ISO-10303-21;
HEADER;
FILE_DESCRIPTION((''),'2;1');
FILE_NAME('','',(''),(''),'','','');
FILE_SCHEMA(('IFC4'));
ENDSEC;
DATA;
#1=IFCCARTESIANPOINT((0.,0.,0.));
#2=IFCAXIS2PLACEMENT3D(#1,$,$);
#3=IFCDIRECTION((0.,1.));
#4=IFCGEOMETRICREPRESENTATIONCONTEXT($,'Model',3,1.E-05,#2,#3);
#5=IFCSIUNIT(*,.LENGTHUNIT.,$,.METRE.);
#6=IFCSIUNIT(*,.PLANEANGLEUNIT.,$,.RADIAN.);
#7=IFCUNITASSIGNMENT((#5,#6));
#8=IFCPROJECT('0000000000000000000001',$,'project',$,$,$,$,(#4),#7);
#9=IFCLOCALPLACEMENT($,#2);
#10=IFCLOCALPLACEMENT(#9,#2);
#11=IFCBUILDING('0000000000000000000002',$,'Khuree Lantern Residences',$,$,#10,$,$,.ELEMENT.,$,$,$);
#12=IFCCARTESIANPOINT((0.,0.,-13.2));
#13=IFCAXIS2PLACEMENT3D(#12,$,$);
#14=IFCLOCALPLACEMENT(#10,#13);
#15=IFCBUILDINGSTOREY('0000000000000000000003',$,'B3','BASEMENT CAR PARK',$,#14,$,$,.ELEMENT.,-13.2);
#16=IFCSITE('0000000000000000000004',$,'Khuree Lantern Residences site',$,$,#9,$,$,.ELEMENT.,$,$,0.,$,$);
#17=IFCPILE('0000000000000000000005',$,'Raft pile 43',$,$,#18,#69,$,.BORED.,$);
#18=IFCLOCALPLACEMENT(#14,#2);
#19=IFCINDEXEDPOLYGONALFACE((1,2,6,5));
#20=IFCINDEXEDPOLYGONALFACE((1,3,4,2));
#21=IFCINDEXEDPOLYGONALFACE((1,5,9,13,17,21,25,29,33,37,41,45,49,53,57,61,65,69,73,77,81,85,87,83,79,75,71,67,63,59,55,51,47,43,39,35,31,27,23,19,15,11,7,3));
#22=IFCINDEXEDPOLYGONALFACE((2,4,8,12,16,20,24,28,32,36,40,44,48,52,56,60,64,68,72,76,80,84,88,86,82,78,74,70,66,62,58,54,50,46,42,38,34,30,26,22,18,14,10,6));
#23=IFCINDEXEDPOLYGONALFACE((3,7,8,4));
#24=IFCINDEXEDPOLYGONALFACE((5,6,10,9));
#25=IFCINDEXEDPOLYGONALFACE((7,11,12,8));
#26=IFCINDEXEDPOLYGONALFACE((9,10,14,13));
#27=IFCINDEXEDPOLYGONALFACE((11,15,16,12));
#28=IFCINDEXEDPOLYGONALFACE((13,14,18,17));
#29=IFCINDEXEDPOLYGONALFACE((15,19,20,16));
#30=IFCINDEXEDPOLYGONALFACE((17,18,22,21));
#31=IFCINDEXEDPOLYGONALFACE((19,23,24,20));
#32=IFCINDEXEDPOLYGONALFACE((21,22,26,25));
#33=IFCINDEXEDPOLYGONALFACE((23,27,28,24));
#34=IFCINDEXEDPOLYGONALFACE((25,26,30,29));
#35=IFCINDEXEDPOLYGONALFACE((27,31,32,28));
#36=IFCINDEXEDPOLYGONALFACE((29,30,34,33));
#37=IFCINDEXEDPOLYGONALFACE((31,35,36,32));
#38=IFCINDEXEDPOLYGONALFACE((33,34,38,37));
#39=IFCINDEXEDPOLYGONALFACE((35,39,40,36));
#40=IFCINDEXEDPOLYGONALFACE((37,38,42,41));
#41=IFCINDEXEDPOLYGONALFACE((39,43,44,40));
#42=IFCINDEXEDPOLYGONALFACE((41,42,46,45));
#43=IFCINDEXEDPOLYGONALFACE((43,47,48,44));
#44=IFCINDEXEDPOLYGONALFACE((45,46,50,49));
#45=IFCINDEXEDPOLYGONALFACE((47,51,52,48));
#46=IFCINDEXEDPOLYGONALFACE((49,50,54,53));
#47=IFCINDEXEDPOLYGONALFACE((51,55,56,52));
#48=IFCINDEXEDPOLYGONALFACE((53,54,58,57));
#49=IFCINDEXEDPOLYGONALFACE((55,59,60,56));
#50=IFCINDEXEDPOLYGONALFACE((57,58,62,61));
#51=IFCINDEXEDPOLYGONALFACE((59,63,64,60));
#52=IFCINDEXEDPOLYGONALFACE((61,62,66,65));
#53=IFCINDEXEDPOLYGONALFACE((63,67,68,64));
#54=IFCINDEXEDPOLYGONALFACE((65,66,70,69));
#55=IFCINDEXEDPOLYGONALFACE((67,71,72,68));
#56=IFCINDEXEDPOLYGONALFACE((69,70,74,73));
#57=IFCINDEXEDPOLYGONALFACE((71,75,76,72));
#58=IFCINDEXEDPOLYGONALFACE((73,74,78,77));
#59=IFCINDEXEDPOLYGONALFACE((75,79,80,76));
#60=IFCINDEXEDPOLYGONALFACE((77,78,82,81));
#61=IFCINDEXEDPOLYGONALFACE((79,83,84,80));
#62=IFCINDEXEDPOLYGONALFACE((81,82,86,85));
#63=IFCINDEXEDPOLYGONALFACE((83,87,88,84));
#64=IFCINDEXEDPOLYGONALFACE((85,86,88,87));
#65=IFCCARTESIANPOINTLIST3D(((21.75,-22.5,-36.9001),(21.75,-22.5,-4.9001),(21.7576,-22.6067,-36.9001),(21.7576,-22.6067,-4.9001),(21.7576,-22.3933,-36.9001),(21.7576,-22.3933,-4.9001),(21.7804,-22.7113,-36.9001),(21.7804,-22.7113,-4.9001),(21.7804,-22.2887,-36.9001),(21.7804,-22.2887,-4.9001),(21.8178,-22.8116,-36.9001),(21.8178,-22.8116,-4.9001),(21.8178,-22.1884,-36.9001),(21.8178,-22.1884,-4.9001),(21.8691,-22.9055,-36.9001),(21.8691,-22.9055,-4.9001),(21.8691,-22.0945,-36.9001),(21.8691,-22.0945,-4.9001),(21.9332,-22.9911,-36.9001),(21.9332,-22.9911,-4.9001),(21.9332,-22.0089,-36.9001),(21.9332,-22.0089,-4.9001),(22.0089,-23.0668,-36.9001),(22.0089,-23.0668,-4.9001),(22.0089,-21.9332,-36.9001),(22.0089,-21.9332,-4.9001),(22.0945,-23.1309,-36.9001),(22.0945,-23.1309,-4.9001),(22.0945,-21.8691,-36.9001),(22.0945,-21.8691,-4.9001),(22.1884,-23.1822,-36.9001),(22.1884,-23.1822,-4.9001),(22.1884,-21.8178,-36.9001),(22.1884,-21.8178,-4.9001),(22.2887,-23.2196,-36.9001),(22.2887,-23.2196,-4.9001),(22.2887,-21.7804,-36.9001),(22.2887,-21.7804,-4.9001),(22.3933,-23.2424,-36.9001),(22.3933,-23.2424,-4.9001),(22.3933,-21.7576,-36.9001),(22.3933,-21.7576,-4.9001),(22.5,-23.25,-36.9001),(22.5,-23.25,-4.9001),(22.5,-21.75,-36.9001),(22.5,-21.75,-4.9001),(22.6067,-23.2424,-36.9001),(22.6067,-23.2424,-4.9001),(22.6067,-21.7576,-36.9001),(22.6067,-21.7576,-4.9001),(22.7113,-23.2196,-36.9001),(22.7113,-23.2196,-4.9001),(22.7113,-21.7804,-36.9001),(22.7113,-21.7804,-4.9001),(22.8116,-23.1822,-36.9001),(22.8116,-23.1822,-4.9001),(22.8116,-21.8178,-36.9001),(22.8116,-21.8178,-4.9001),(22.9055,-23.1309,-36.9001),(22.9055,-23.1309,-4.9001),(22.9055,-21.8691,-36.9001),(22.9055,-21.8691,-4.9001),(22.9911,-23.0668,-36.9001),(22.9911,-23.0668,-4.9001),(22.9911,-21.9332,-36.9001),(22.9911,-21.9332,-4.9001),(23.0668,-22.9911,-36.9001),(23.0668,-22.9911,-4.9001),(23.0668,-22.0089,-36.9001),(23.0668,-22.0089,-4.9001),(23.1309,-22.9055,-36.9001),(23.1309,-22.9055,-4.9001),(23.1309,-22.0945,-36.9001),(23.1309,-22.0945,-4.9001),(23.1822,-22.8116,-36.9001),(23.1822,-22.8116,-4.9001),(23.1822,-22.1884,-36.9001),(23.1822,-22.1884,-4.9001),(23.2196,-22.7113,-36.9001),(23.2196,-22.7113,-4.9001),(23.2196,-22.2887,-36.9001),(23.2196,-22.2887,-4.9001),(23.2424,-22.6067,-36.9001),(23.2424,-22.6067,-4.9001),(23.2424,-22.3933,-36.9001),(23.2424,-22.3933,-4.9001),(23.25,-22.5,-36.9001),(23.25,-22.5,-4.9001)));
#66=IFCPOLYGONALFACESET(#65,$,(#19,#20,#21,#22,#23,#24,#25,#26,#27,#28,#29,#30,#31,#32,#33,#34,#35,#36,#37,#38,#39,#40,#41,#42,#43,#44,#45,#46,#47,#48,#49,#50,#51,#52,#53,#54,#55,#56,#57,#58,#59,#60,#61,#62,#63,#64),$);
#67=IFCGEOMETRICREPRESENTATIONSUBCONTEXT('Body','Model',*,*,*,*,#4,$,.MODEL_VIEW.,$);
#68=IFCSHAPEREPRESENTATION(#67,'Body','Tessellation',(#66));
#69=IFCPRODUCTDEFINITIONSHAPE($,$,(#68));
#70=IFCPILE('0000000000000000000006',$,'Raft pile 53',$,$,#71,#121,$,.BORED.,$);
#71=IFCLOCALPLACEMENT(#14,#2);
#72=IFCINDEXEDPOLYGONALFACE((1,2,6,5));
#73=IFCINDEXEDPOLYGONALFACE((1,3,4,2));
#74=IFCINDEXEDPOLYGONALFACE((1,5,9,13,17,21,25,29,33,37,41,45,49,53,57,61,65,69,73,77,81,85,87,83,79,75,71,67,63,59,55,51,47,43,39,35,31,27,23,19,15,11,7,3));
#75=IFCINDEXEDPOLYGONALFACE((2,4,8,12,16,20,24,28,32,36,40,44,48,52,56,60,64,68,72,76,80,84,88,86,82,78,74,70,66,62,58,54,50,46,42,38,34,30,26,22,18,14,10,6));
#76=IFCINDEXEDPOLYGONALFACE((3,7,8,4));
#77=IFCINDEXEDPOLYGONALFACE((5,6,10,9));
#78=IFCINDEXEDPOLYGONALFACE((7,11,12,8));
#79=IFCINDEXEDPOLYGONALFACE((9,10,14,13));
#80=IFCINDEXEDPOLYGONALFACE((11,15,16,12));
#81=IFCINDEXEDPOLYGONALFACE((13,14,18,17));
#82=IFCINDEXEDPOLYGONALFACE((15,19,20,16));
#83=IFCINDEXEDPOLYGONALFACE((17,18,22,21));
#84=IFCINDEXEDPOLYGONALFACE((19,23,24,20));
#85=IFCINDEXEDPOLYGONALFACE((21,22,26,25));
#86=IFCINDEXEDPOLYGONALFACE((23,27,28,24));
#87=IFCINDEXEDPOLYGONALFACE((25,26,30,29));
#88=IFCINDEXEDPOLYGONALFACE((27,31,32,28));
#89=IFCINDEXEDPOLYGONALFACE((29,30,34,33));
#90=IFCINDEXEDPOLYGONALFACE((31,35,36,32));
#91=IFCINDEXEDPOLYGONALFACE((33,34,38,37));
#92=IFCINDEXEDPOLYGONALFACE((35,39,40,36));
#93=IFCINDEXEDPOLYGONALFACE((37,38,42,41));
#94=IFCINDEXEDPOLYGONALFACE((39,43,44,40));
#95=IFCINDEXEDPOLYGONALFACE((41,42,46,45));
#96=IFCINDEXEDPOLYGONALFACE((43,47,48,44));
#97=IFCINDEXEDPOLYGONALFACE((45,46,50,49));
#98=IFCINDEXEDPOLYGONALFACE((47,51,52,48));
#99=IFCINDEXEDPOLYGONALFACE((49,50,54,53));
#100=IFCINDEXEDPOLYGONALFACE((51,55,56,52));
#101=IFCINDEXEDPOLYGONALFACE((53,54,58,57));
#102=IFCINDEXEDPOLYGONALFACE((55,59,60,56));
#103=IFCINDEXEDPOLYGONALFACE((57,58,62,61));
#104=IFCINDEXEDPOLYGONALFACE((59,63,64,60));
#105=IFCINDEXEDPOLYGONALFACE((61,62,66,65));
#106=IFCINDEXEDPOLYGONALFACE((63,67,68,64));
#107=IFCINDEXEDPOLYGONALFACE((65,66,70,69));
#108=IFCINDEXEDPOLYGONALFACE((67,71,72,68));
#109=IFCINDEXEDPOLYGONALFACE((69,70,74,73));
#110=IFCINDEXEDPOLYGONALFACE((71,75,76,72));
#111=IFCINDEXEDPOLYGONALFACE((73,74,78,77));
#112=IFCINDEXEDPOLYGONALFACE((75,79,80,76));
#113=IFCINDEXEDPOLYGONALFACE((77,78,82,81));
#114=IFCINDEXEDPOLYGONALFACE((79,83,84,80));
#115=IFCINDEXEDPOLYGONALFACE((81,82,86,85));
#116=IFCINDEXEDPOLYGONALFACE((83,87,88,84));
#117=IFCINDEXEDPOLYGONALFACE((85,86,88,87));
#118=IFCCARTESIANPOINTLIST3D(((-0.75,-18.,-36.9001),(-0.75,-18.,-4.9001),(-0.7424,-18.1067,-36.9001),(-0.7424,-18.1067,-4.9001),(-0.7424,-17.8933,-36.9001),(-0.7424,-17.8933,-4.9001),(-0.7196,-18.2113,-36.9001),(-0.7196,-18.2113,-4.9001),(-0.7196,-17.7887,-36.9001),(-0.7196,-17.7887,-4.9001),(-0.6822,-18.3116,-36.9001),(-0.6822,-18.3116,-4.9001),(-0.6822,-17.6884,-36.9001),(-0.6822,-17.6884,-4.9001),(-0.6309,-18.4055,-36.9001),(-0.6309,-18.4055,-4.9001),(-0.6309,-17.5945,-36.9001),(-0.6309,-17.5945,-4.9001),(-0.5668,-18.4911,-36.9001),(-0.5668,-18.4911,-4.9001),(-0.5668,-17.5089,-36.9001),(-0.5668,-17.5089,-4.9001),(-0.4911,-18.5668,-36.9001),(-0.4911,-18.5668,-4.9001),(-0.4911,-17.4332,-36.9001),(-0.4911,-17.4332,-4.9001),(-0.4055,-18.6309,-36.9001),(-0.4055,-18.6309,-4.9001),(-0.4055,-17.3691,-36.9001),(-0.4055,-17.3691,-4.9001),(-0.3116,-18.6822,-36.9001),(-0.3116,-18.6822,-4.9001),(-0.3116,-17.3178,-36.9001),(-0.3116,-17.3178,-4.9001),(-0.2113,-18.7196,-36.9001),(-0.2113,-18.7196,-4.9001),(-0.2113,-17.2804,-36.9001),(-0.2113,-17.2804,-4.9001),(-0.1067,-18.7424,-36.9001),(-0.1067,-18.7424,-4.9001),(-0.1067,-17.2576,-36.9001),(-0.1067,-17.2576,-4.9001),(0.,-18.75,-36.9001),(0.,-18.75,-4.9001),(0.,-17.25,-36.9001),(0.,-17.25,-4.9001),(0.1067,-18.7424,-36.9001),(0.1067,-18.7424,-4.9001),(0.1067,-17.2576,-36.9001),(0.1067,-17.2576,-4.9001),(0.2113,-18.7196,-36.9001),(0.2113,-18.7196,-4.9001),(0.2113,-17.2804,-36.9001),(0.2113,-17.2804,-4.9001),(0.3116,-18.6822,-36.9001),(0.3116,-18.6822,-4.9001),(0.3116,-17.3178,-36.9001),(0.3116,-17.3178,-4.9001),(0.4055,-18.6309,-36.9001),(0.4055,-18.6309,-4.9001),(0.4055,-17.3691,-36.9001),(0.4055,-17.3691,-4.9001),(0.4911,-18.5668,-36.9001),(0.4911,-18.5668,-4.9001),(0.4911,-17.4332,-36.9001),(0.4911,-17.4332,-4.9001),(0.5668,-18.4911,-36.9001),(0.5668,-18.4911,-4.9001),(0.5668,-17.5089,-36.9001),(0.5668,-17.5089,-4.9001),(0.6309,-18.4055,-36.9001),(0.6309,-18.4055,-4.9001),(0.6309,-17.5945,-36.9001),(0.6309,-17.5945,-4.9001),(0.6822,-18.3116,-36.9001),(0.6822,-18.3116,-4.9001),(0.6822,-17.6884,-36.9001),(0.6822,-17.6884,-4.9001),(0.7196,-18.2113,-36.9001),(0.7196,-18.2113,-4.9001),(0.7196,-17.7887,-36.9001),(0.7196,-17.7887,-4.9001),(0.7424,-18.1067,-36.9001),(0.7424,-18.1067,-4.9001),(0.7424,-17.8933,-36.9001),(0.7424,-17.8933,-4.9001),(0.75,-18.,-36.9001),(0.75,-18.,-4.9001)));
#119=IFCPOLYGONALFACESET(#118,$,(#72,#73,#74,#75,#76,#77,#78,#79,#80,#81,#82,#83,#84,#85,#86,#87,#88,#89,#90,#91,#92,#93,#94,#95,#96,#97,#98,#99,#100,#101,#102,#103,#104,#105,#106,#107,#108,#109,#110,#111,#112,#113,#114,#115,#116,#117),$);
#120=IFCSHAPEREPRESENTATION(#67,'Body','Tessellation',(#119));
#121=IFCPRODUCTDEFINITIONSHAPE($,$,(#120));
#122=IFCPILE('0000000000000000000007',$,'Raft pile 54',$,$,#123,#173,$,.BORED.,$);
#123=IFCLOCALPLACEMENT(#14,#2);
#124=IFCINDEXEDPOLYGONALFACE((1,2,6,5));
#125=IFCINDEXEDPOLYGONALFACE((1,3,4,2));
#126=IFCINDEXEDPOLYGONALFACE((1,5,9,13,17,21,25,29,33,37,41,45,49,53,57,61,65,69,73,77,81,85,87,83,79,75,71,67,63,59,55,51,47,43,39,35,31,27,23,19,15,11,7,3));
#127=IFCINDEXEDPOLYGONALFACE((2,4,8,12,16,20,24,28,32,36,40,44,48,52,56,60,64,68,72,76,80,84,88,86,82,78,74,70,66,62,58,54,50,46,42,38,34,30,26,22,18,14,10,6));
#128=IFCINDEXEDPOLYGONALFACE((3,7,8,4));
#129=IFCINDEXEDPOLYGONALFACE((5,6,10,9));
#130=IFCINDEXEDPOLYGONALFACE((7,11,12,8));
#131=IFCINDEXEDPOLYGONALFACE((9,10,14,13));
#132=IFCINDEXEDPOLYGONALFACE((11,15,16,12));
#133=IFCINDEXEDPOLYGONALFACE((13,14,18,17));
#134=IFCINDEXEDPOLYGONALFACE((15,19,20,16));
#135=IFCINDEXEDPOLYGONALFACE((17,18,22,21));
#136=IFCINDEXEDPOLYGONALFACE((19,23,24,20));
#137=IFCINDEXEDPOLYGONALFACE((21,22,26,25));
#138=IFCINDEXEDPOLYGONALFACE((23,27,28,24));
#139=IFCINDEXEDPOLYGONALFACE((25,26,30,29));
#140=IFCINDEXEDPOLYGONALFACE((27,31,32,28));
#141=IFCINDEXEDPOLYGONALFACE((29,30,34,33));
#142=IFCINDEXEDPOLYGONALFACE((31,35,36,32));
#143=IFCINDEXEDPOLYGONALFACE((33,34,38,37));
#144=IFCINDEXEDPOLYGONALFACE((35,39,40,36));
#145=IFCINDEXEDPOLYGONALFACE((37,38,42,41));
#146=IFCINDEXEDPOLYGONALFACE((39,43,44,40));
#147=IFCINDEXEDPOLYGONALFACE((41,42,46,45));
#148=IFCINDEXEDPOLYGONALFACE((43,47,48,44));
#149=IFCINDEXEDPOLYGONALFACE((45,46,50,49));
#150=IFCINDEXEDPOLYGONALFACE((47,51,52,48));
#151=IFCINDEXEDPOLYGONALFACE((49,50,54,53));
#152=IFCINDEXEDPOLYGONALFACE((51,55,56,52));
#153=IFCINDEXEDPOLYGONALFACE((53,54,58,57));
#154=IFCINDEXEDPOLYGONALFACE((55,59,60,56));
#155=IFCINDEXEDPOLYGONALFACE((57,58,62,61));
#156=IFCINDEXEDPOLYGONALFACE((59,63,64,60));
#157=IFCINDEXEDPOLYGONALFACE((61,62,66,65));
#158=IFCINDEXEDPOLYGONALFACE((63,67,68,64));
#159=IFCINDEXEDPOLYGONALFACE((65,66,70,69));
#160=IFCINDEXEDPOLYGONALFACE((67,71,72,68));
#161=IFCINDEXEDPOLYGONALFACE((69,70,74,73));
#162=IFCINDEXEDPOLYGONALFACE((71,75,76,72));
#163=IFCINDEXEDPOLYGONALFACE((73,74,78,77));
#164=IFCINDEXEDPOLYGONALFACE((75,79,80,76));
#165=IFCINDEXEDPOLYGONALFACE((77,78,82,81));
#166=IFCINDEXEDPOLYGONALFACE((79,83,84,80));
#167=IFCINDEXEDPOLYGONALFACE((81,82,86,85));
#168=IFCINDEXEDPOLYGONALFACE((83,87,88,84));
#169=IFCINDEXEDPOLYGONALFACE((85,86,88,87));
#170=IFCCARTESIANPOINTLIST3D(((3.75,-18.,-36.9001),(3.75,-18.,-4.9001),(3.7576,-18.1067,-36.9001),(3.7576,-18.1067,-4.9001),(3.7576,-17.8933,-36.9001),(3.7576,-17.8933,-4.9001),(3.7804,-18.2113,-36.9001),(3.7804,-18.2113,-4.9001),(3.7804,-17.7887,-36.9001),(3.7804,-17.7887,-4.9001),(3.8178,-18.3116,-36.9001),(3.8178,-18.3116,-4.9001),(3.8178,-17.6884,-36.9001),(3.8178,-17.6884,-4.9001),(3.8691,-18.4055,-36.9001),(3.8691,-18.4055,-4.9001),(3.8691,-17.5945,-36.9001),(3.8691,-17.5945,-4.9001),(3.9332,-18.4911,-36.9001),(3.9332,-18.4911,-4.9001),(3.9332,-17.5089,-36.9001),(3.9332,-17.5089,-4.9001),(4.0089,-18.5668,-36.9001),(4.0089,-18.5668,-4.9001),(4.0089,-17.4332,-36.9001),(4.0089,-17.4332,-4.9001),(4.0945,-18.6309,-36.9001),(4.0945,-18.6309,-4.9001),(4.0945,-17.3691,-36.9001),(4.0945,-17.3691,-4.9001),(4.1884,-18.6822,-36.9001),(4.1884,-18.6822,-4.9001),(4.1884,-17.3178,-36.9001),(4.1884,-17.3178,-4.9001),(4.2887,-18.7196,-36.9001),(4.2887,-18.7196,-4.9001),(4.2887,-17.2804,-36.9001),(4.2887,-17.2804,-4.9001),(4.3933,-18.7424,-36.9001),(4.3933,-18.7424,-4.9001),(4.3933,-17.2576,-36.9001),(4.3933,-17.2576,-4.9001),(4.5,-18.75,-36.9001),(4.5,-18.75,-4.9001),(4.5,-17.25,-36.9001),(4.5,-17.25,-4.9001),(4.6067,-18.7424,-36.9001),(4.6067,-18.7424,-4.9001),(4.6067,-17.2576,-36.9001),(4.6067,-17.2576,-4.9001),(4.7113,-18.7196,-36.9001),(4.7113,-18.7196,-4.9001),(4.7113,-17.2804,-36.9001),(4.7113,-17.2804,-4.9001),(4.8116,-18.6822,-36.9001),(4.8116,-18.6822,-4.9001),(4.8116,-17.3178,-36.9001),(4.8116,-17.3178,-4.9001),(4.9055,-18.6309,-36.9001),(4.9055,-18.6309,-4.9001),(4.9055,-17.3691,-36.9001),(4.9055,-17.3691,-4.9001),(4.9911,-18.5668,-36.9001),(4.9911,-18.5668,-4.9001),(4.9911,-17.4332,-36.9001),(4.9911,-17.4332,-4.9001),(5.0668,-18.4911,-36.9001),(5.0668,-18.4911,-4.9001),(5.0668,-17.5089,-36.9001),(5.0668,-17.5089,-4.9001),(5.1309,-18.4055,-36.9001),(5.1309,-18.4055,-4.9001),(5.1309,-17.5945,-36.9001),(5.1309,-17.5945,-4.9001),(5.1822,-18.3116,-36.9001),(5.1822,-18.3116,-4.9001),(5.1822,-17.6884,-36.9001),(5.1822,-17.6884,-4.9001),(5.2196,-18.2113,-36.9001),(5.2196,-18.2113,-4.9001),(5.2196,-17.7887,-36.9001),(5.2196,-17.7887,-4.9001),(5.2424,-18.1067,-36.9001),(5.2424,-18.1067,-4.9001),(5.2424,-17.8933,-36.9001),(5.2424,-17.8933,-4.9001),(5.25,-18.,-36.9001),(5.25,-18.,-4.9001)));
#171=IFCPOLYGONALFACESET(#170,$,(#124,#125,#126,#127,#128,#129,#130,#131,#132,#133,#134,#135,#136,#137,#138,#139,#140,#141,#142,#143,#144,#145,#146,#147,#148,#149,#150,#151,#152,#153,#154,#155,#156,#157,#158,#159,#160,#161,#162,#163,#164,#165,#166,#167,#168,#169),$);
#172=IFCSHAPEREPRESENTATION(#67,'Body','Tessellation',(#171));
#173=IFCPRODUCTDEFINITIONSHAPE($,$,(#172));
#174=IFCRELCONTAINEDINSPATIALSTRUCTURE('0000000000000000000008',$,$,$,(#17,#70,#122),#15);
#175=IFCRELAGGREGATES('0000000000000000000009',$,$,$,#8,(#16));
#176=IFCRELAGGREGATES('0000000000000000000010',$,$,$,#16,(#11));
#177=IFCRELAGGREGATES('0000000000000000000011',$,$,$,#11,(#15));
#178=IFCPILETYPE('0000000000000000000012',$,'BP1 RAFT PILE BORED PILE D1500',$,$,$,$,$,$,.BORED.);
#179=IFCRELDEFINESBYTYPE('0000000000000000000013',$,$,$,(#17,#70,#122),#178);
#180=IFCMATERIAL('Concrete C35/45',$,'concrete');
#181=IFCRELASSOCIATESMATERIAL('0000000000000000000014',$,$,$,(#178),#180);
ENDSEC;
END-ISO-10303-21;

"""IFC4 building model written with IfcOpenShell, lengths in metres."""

from ifc_helpers import new_model, si_unit, direction, frame, origin, origin_2d, place, context, subcontext, project, spatial, circle, extrude, material, material_profile, profile_set, type_object, element, save


model = new_model("IFC4")

# Units and contexts
model_context = context("Model", 3, precision=1e-05, world=origin(), true_north=direction((0.0, 1.0)))
body_context = subcontext(model_context, "Body", "Model", "MODEL_VIEW")
ifc_project = project(units=[si_unit("LENGTHUNIT", "METRE"), si_unit("PLANEANGLEUNIT", "RADIAN")], contexts=[model_context])

# Site, building, storey
site_placement = place(None, origin())
site = spatial("IfcSite", under=ifc_project, at=site_placement, Name="Khuree Lantern Residences site", CompositionType="ELEMENT", RefElevation=0.0)
building_placement = place(site_placement, origin())
building = spatial("IfcBuilding", under=site, at=building_placement, Name="Khuree Lantern Residences", CompositionType="ELEMENT")
storey_placement = place(building_placement, frame((0.0, 0.0, -13.2)))
storey = spatial("IfcBuildingStorey", under=building, at=storey_placement, Name="B3", Description="BASEMENT CAR PARK", CompositionType="ELEMENT", Elevation=-13.2)

# Piles
ifc_material_1 = material(Name="Concrete C35/45", Category="concrete")
ifc_material_profile_1 = material_profile(ifc_material_1, circle(Radius=0.75, at=origin_2d()), Name="BORED PILE D1500")
ifc_profile_set_1 = profile_set([ifc_material_profile_1], Name="Concrete C35/45")
pile_type = type_object("IfcPileType", Name="BP1 RAFT PILE BORED PILE D1500", PredefinedType="BORED", material=ifc_profile_set_1)
for number, where, z_axis, x_axis, name in (
    (1, (22.5, -22.5, -4.9001), (0.0, 0.0, -1.0), (1.0, 0.0, 0.0), "Raft pile 43"),
    (2, (0.0, -18.0, -4.9001), (0.0, 0.0, -1.0), (1.0, 0.0, 0.0), "Raft pile 53"),
    (3, (4.5, -18.0, -4.9001), (0.0, 0.0, -1.0), (1.0, 0.0, 0.0), "Raft pile 54"),
):
    element("IfcPile", number, at=place(storey_placement, frame(where, z_axis=z_axis, x_axis=x_axis)), inside=storey, type_object=pile_type, Name=name, PredefinedType="BORED", context=body_context, shape_type="SweptSolid", body=[
        extrude(circle(Radius=0.75, at=origin_2d()), origin(), (0.0, 0.0, 1.0), 32.0),
    ])

save(model, "model.ifc")
